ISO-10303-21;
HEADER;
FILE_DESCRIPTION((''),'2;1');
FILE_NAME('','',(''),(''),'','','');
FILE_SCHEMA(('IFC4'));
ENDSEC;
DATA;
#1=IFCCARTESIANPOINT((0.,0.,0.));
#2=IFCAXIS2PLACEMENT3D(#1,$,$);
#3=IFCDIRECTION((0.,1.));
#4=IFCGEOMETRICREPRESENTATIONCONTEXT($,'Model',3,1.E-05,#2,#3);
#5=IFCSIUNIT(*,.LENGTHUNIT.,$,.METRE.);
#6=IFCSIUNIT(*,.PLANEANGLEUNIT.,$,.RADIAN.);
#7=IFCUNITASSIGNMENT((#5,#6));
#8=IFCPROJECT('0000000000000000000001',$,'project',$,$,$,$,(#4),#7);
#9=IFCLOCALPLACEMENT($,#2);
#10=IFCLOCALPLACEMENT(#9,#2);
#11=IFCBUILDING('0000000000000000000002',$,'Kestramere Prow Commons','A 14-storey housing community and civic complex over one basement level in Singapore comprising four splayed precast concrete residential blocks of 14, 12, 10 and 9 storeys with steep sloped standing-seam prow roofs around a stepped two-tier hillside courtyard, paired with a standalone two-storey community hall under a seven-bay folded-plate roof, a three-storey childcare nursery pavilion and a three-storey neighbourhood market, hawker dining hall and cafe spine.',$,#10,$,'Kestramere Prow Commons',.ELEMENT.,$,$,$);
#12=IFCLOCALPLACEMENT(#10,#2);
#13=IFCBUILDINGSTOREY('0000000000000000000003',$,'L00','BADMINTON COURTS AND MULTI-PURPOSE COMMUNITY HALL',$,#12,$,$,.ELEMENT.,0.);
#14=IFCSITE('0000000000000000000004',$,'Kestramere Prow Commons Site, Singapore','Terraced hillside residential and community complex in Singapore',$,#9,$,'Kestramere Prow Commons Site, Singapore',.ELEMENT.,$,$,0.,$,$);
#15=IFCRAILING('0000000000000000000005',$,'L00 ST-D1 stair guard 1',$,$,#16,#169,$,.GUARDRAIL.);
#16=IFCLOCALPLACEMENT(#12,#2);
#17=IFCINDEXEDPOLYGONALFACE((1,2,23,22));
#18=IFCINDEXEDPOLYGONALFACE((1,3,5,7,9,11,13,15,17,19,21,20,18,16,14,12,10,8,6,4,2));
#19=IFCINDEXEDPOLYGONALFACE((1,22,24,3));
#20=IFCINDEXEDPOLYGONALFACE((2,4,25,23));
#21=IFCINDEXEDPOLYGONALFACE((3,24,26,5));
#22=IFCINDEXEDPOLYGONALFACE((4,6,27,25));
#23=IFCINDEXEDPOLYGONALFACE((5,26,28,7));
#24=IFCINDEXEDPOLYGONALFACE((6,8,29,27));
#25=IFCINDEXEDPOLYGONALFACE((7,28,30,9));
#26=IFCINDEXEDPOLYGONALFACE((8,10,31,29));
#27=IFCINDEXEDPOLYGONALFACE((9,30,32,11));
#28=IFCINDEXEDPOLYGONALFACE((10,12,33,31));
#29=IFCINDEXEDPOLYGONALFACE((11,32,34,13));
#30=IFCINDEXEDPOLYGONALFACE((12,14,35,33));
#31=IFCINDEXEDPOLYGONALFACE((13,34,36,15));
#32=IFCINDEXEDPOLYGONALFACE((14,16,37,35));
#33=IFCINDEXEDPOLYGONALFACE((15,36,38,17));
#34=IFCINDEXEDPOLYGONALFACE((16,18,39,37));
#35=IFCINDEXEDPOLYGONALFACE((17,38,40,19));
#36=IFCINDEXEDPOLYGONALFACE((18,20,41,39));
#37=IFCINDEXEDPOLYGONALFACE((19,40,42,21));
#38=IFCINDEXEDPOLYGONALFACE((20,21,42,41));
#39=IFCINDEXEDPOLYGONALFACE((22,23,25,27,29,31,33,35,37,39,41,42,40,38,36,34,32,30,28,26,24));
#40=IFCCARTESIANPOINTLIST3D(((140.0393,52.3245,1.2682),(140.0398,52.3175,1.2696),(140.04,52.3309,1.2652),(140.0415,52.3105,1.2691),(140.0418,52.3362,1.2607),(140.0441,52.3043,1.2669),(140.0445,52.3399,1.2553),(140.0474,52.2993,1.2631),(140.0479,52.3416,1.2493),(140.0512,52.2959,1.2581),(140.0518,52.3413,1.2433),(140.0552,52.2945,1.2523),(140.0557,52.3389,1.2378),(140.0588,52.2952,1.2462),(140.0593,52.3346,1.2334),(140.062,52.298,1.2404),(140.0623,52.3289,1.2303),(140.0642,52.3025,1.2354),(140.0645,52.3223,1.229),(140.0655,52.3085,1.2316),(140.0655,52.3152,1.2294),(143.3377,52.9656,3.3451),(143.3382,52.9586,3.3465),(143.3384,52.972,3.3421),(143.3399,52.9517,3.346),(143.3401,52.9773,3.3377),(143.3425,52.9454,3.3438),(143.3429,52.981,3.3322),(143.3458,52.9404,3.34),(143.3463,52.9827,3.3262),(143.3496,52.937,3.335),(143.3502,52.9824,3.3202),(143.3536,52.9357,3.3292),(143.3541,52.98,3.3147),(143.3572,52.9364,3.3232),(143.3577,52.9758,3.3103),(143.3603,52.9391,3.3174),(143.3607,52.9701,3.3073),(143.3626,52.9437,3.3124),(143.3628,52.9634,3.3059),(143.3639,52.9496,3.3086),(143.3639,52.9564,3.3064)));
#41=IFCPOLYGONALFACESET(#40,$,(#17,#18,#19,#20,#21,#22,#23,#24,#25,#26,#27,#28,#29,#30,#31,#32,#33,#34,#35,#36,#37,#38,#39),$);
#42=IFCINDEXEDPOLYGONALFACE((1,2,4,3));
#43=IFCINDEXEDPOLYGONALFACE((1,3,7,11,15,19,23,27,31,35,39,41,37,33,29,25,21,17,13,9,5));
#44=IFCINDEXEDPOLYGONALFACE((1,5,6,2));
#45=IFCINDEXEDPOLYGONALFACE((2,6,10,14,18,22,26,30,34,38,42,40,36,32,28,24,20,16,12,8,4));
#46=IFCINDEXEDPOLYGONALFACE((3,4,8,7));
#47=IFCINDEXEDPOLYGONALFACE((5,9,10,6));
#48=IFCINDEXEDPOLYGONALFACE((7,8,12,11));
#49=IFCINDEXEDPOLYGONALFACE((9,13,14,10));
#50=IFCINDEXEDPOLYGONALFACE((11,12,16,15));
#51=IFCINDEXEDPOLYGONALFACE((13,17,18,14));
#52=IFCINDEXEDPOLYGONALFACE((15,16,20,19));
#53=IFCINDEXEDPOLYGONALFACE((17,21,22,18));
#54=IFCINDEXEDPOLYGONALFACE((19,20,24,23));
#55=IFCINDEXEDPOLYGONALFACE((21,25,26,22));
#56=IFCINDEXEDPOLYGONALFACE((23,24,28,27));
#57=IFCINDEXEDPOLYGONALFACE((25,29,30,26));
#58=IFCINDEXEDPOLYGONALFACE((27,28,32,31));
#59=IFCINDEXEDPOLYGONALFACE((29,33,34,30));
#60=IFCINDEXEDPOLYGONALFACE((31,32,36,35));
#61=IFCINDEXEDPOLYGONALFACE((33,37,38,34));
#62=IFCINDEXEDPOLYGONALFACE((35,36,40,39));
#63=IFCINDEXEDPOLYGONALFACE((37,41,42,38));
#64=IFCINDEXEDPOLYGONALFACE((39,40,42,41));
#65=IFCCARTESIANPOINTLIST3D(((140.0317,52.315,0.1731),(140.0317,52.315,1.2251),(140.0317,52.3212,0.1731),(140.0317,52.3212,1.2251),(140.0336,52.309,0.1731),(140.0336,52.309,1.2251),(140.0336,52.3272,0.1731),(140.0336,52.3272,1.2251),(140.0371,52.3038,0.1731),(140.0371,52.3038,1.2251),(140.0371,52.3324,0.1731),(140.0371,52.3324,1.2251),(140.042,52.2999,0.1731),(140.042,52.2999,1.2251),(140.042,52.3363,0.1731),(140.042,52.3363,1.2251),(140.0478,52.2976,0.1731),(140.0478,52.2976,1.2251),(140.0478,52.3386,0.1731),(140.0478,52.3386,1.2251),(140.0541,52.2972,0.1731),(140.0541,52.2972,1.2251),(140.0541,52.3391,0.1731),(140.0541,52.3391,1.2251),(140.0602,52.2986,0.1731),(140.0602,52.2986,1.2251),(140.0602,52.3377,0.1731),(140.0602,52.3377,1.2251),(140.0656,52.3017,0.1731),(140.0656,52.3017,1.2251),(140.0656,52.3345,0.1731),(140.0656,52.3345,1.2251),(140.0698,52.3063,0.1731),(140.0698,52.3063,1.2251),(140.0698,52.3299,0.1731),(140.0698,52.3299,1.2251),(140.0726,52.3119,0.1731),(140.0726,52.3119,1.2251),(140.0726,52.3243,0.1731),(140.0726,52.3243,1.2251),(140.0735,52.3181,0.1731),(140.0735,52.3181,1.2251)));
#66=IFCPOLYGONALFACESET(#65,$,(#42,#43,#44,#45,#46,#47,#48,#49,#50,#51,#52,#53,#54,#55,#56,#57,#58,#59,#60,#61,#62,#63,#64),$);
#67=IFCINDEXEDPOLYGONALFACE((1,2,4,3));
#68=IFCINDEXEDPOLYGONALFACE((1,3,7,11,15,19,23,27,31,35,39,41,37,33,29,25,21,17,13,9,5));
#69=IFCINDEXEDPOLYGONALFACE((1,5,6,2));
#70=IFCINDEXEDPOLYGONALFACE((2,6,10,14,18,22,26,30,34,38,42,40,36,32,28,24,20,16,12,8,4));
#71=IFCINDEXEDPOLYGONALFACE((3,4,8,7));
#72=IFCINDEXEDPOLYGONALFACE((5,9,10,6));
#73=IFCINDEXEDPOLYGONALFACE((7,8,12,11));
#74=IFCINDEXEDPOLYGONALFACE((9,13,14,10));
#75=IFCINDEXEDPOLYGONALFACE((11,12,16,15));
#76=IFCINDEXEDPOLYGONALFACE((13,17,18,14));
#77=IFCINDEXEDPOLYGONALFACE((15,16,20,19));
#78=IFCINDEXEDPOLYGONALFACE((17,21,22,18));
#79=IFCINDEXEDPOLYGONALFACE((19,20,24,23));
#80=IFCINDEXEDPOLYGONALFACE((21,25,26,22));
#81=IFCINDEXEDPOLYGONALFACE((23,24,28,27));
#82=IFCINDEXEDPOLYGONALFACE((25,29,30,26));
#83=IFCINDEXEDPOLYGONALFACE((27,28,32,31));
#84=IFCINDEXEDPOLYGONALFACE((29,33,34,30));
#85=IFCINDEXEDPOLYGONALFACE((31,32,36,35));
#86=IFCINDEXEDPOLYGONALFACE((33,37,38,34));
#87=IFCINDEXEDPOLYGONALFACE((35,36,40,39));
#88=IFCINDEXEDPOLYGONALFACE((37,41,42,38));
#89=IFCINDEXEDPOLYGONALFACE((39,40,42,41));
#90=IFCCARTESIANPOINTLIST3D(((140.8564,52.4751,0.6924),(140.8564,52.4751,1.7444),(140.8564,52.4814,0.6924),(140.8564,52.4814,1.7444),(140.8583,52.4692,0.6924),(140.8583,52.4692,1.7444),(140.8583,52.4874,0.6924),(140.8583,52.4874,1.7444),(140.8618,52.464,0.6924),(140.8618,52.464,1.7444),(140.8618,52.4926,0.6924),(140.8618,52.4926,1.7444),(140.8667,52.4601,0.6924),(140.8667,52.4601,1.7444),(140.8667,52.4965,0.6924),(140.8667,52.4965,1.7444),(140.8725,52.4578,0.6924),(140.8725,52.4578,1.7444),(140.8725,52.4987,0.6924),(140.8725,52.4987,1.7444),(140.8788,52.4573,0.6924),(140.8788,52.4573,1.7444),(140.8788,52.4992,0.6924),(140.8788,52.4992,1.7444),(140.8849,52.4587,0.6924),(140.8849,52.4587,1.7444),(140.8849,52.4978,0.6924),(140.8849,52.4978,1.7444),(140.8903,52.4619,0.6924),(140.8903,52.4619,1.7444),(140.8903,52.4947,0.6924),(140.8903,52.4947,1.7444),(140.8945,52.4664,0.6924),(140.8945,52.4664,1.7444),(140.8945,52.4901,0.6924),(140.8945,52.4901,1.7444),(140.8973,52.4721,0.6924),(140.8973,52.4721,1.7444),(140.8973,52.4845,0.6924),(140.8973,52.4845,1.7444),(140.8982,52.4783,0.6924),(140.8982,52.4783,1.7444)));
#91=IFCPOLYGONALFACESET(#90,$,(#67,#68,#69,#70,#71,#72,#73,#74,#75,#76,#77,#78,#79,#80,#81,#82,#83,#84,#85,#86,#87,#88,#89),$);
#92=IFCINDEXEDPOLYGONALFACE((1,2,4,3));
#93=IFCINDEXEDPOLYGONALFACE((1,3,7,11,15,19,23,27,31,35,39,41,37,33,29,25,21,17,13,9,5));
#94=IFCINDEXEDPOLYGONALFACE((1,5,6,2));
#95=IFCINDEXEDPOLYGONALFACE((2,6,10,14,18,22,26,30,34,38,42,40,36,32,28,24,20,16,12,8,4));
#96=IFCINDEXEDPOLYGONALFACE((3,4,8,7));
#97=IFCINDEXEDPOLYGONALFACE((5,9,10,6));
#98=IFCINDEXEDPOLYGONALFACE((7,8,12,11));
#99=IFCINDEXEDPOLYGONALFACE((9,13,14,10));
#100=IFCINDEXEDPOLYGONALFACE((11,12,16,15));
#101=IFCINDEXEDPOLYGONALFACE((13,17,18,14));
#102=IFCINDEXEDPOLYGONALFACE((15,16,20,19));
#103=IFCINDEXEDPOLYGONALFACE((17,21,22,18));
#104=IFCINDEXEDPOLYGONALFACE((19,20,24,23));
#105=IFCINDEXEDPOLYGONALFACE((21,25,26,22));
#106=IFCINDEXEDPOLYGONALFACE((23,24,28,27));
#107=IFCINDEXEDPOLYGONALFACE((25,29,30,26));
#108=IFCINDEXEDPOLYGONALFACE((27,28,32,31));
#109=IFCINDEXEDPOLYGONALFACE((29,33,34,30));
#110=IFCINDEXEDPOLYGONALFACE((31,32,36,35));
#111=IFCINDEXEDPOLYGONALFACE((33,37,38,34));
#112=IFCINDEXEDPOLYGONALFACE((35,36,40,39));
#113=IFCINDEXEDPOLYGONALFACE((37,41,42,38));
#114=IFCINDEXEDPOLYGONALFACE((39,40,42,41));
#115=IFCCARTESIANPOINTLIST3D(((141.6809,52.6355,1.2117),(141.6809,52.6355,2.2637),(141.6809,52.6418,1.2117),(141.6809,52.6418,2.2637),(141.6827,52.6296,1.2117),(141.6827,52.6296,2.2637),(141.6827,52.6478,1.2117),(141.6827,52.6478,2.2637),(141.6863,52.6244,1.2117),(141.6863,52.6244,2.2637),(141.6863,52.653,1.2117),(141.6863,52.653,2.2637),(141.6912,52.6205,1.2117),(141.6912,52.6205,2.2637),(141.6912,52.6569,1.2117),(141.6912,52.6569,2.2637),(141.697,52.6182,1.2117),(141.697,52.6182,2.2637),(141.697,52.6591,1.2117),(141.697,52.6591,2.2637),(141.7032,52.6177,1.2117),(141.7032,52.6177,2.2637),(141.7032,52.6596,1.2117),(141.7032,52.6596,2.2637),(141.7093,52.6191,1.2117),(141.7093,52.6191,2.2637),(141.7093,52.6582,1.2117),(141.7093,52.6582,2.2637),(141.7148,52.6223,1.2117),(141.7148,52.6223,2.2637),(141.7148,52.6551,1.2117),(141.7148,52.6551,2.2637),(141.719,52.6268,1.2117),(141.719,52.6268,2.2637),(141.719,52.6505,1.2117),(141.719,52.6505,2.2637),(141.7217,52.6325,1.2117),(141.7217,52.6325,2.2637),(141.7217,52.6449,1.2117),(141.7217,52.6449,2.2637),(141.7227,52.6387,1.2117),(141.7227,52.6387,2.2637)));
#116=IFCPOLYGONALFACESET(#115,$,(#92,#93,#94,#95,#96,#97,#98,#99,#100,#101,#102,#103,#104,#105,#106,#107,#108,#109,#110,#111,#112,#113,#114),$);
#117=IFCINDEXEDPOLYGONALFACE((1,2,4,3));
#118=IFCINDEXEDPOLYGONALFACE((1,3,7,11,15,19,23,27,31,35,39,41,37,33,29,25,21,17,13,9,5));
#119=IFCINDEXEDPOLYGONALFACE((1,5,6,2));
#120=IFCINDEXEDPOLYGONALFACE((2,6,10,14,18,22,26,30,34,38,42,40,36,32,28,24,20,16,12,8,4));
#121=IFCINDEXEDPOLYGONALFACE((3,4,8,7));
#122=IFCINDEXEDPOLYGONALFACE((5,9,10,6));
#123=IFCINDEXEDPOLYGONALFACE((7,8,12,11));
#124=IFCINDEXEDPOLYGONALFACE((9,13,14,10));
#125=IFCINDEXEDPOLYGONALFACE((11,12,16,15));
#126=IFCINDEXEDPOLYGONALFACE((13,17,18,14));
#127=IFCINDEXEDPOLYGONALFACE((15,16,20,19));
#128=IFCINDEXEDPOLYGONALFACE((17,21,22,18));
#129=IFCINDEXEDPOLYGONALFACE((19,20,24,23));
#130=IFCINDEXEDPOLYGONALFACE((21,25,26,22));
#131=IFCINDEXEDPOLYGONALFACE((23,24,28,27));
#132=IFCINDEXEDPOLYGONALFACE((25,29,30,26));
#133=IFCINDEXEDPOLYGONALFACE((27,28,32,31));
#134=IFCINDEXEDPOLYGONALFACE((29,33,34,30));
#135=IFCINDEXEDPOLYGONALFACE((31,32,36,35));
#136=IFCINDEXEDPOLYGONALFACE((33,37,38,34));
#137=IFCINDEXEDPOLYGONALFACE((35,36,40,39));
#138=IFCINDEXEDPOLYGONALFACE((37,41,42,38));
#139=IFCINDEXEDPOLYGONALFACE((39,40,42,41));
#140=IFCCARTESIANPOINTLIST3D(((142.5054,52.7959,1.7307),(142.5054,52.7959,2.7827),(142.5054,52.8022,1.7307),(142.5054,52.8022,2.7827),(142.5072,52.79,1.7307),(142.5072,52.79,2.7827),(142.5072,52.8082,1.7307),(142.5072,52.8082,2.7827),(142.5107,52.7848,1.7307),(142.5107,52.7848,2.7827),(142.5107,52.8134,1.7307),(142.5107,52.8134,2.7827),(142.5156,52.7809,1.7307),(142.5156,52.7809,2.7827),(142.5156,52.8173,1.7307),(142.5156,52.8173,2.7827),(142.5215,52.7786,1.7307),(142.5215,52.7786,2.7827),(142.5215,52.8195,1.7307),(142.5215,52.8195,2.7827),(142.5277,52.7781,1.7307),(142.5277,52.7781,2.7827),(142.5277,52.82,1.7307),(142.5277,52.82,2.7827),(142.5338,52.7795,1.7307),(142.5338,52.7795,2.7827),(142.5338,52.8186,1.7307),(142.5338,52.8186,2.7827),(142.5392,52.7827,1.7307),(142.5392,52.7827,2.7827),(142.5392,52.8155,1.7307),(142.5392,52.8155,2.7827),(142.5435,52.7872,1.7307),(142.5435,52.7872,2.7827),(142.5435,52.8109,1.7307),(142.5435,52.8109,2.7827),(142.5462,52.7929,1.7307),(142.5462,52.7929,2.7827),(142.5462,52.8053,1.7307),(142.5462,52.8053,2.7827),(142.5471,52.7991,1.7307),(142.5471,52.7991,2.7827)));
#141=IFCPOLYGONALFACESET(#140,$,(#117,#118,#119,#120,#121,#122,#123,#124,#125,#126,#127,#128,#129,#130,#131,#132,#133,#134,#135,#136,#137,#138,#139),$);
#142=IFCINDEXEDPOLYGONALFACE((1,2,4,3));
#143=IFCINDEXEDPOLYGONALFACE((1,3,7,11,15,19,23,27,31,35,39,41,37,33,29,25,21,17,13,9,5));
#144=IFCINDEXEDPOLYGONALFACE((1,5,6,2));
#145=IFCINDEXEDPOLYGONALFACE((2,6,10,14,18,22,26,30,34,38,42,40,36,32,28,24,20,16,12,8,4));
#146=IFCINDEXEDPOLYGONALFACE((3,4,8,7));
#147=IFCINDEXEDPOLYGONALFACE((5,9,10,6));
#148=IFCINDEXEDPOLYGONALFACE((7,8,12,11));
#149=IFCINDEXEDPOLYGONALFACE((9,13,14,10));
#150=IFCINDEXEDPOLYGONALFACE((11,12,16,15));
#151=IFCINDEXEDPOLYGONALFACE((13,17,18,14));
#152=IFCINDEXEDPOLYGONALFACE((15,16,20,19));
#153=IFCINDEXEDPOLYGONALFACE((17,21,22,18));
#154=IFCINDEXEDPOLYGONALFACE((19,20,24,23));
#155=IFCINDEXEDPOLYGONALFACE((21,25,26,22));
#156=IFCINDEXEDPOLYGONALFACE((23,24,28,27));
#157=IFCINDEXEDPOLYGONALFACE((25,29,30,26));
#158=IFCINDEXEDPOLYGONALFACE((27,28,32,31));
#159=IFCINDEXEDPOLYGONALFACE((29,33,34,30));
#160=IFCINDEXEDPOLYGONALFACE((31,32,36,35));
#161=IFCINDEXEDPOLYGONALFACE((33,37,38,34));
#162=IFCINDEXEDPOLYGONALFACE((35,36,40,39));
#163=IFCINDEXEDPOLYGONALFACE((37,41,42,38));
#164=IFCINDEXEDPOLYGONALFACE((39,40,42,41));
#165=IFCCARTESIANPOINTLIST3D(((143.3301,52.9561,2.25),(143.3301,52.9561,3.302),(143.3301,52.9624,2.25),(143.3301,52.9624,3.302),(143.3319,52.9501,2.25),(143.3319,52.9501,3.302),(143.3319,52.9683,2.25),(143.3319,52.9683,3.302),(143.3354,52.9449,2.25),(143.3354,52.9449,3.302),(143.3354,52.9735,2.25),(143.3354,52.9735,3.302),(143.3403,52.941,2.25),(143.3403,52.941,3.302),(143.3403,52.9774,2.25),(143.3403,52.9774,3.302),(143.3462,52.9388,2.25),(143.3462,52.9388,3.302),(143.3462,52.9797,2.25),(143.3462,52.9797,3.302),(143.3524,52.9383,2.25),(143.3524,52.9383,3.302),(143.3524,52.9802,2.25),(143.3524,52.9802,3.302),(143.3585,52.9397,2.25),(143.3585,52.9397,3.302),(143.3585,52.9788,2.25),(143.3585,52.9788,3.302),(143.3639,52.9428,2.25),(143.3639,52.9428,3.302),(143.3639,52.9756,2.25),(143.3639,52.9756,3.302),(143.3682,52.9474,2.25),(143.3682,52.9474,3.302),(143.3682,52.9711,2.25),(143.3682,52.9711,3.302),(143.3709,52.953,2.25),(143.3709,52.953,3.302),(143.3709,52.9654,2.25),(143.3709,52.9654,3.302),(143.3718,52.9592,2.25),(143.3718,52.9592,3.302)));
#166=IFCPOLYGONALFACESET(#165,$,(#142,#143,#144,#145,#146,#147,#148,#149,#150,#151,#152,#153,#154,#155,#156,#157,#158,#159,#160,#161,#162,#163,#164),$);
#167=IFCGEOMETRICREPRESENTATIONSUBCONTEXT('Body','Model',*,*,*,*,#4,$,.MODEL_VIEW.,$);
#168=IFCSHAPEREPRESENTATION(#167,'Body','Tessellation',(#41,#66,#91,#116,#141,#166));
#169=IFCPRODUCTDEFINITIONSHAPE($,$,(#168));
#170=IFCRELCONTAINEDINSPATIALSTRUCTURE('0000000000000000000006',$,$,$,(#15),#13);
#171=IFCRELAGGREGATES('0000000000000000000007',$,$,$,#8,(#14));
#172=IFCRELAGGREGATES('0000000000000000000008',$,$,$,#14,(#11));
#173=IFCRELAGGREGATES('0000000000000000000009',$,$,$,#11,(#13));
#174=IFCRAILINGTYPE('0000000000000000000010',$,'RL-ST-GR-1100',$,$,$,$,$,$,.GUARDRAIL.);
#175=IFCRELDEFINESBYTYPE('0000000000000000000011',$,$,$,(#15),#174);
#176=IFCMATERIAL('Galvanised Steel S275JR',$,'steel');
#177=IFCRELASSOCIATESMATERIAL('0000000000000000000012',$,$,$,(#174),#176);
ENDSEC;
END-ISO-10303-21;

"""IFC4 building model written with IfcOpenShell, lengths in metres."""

from ifc_helpers import new_model, si_unit, direction, frame, origin, origin_2d, place, context, subcontext, project, spatial, circle, extrude, material, type_object, element, save


model = new_model("IFC4")

# Units and contexts
model_context = context("Model", 3, precision=1e-05, world=origin(), true_north=direction((0.0, 1.0)))
body_context = subcontext(model_context, "Body", "Model", "MODEL_VIEW")
ifc_project = project(units=[si_unit("LENGTHUNIT", "METRE"), si_unit("PLANEANGLEUNIT", "RADIAN")], contexts=[model_context])

# Site, building, storey
site_placement = place(None, origin())
site = spatial("IfcSite", under=ifc_project, at=site_placement, Name="Kestramere Prow Commons Site, Singapore", Description="Terraced hillside residential and community complex in Singapore", LongName="Kestramere Prow Commons Site, Singapore", CompositionType="ELEMENT", RefElevation=0.0)
building_placement = place(site_placement, origin())
building = spatial("IfcBuilding", under=site, at=building_placement, Name="Kestramere Prow Commons", Description="A 14-storey housing community and civic complex over one basement level in Singapore comprising four splayed precast concrete residential blocks of 14, 12, 10 and 9 storeys with steep sloped standing-seam prow roofs around a stepped two-tier hillside courtyard, paired with a standalone two-storey community hall under a seven-bay folded-plate roof, a three-storey childcare nursery pavilion and a three-storey neighbourhood market, hawker dining hall and cafe spine.", LongName="Kestramere Prow Commons", CompositionType="ELEMENT")
storey_placement = place(building_placement, origin())
storey = spatial("IfcBuildingStorey", under=building, at=storey_placement, Name="L00", Description="BADMINTON COURTS AND MULTI-PURPOSE COMMUNITY HALL", CompositionType="ELEMENT", Elevation=0.0)

# Railing
ifc_material_1 = material(Name="Galvanised Steel S275JR", Category="steel")
railing_type_1 = type_object("IfcRailingType", Name="RL-ST-GR-1100", PredefinedType="GUARDRAIL", material=ifc_material_1)
railing_1_placement = place(storey_placement, frame((140.0525, 52.3181, 0.1731)))
element("IfcRailing", 1, at=railing_1_placement, inside=storey, type_object=railing_type_1, Name="L00 ST-D1 stair guard 1", PredefinedType="GUARDRAIL", context=body_context, shape_type="SweptSolid", body=[
    extrude(circle(Radius=0.0239, at=origin_2d()), frame((0.0, 0.0, 1.0762), z_axis=(0.834993, 0.162301, 0.52578), x_axis=(-0.190804, 0.981628, 0.0)), (0.0, 0.0, 1.0), 3.9502),
    extrude(circle(Radius=0.021, at=origin_2d()), origin(), (0.0, 0.0, 1.0), 1.052),
    extrude(circle(Radius=0.021, at=origin_2d()), frame((0.8247, 0.1602, 0.5193)), (0.0, 0.0, 1.0), 1.052),
    extrude(circle(Radius=0.021, at=origin_2d()), frame((1.6492, 0.3206, 1.0386)), (0.0, 0.0, 1.0), 1.052),
    extrude(circle(Radius=0.021, at=origin_2d()), frame((2.4736, 0.481, 1.5576)), (0.0, 0.0, 1.0), 1.052),
    extrude(circle(Radius=0.021, at=origin_2d()), frame((3.2983, 0.6411, 2.0769)), (0.0, 0.0, 1.0), 1.052),
])

save(model, "model.ifc")
